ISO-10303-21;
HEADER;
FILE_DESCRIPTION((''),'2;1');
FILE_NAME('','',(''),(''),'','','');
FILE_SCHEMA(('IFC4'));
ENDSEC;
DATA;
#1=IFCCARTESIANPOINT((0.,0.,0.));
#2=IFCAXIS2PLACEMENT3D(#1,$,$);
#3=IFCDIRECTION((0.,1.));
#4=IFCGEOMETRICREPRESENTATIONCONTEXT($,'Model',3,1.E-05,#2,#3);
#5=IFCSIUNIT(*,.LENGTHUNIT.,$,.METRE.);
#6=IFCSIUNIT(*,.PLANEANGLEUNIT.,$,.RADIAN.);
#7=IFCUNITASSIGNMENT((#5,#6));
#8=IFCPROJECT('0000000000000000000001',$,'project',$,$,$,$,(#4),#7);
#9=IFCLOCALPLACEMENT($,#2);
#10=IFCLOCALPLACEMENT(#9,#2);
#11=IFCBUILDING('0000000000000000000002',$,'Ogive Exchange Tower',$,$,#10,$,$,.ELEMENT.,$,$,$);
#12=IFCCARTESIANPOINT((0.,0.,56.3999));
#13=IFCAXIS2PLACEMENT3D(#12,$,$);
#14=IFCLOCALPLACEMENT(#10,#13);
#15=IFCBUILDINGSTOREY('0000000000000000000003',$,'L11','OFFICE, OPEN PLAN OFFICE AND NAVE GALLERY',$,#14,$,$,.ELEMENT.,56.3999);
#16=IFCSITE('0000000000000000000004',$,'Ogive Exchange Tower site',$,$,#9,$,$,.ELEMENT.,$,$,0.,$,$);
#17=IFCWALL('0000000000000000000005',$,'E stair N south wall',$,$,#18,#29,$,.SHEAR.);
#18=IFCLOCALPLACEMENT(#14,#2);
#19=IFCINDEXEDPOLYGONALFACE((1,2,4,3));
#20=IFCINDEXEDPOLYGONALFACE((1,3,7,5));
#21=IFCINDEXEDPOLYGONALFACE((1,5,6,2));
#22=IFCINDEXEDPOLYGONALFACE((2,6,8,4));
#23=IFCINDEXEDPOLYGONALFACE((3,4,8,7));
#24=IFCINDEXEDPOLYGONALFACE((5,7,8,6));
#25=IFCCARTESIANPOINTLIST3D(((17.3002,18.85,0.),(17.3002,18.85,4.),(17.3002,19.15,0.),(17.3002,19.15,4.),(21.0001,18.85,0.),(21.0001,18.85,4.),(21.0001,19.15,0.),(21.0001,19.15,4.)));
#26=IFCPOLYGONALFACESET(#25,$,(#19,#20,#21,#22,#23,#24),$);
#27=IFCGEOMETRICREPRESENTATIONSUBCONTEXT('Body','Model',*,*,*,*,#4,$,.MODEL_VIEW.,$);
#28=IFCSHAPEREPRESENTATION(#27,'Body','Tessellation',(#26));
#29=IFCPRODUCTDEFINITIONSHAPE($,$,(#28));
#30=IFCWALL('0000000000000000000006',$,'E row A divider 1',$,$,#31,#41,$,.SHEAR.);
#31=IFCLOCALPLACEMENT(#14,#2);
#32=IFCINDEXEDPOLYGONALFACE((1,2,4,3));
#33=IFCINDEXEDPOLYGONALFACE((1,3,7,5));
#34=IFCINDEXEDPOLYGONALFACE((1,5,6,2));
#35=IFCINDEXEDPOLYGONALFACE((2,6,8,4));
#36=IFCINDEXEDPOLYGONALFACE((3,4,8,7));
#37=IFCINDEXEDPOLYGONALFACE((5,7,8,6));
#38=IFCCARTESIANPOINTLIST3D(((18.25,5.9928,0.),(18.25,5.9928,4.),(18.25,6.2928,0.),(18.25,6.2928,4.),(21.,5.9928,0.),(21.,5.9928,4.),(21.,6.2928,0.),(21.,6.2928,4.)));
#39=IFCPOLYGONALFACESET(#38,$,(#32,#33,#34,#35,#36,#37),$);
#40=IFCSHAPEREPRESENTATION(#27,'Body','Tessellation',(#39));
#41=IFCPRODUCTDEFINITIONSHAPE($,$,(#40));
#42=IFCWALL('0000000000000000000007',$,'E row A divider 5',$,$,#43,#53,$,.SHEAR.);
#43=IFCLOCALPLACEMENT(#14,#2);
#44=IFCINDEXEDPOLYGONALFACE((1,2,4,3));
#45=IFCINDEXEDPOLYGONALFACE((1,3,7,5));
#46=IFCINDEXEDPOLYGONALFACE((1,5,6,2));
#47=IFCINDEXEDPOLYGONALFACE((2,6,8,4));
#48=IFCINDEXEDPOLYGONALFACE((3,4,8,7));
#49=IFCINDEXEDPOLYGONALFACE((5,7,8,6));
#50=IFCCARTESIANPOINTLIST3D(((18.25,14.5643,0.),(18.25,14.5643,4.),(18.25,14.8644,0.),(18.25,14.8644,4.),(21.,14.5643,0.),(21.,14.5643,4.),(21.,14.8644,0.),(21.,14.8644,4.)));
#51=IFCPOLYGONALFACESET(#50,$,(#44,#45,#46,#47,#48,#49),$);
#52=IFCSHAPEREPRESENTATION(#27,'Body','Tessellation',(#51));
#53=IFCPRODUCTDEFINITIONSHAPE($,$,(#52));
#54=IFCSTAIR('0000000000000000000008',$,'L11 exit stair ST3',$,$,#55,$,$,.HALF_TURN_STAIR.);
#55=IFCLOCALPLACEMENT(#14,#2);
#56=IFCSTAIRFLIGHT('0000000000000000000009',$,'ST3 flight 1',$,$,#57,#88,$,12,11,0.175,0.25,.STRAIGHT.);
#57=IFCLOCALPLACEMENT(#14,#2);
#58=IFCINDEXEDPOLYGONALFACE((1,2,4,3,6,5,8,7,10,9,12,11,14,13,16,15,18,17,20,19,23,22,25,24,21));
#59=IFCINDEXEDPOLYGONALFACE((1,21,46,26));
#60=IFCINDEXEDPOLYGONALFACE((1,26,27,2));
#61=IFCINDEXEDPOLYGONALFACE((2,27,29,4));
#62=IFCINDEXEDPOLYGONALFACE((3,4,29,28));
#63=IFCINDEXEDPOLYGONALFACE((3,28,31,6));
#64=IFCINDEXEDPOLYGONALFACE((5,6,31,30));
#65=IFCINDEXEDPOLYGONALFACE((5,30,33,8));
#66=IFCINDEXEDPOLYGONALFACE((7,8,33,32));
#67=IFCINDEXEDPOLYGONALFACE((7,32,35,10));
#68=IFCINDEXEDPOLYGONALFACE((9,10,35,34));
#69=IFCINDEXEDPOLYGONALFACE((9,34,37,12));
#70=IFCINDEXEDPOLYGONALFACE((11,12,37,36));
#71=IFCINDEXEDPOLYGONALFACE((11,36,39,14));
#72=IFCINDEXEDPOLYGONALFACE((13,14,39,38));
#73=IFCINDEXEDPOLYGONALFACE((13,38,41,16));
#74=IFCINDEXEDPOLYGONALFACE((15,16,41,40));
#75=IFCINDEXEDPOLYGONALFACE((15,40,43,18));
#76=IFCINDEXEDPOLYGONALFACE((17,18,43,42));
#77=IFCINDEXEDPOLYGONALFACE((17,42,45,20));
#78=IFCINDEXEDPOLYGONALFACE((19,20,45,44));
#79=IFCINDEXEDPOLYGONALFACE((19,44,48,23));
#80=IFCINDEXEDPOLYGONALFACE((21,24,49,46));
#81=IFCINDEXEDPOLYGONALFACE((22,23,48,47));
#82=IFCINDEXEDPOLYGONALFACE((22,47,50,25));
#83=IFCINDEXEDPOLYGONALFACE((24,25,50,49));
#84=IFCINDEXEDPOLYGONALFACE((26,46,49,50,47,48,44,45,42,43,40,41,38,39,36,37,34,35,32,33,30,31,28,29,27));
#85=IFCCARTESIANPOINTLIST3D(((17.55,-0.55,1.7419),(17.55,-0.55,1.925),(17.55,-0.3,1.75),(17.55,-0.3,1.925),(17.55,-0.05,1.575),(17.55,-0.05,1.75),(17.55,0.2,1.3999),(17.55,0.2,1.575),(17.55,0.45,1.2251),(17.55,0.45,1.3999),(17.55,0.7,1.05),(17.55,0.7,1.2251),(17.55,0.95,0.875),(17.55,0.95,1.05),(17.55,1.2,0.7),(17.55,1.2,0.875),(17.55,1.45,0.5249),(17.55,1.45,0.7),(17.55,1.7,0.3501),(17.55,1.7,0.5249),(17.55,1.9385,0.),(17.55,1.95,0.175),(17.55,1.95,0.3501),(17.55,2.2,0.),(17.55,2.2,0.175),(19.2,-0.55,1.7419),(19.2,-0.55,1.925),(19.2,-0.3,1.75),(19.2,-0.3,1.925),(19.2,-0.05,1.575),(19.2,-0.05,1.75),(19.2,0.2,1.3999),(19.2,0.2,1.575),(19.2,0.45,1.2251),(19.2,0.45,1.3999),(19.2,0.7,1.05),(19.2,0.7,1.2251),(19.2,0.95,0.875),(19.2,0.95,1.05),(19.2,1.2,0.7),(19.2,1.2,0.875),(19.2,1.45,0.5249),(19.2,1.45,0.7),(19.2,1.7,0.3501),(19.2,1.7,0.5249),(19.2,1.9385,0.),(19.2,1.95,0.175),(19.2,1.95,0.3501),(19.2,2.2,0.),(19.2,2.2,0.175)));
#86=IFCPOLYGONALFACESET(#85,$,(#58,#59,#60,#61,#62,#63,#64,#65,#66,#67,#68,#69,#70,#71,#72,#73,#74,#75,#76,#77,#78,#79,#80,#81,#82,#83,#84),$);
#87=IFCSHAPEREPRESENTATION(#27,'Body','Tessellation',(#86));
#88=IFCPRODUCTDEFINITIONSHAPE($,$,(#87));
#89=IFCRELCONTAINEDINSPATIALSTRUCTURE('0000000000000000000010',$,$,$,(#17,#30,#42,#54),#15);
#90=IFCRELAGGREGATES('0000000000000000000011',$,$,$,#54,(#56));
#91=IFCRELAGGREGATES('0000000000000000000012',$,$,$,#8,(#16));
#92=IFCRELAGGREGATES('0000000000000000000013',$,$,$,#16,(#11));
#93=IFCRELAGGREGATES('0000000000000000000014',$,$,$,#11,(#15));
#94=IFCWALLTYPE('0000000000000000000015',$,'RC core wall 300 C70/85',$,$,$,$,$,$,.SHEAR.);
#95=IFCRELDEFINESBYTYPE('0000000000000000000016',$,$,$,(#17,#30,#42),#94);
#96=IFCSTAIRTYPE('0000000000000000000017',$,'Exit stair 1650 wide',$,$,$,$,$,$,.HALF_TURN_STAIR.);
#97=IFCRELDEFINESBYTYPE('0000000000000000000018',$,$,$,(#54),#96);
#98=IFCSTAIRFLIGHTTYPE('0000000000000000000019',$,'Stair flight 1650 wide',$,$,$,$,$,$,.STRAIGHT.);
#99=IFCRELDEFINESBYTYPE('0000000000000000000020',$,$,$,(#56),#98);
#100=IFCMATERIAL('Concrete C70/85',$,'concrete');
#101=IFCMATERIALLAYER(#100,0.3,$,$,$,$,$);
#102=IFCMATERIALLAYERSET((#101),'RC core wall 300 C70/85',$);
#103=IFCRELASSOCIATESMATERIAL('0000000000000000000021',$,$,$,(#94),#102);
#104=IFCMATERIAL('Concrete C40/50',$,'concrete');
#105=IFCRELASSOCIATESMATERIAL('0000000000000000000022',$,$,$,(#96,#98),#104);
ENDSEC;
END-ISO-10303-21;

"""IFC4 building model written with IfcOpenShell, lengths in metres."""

from ifc_helpers import new_model, si_unit, direction, frame, frame_2d, origin, place, context, subcontext, project, spatial, polyline, rectangle, outline, extrude, material, layer, layer_set, type_object, element, aggregate, save


model = new_model("IFC4")

# Units and contexts
model_context = context("Model", 3, precision=1e-05, world=origin(), true_north=direction((0.0, 1.0)))
body_context = subcontext(model_context, "Body", "Model", "MODEL_VIEW")
ifc_project = project(units=[si_unit("LENGTHUNIT", "METRE"), si_unit("PLANEANGLEUNIT", "RADIAN")], contexts=[model_context])

# Site, building, storey
site_placement = place(None, origin())
site = spatial("IfcSite", under=ifc_project, at=site_placement, Name="Ogive Exchange Tower site", CompositionType="ELEMENT", RefElevation=0.0)
building_placement = place(site_placement, origin())
building = spatial("IfcBuilding", under=site, at=building_placement, Name="Ogive Exchange Tower", CompositionType="ELEMENT")
storey_placement = place(building_placement, frame((0.0, 0.0, 56.3999)))
storey = spatial("IfcBuildingStorey", under=building, at=storey_placement, Name="L11", Description="OFFICE, OPEN PLAN OFFICE AND NAVE GALLERY", CompositionType="ELEMENT", Elevation=56.3999)

# Shared definitions
ifc_material_1 = material(Name="Concrete C70/85", Category="concrete")

# Walls
ifc_layer_1 = layer(ifc_material_1, 0.3)
ifc_layer_set_1 = layer_set([ifc_layer_1], Name="RC core wall 300 C70/85")
wall_type_1 = type_object("IfcWallType", Name="RC core wall 300 C70/85", PredefinedType="SHEAR", material=ifc_layer_set_1)
wall_1_placement = place(storey_placement, frame((17.3, 19.0, 0.0), z_axis=(0.0, 0.0, 1.0), x_axis=(1.0, 0.0, 0.0)))
element("IfcWall", 1, at=wall_1_placement, inside=storey, type_object=wall_type_1, Name="E stair N south wall", PredefinedType="SHEAR", context=body_context, shape_type="SweptSolid", body=[
    extrude(rectangle(XDim=3.7, YDim=0.3, at=frame_2d((1.8501, 0.0))), origin(), (0.0, 0.0, 1.0), 4.0),
])
for number, where, z_axis, x_axis, name in (
    (2, (18.25, 6.1428, 0.0), (0.0, 0.0, 1.0), (1.0, 0.0, 0.0), "E row A divider 1"),
    (3, (18.25, 14.7144, 0.0), (0.0, 0.0, 1.0), (1.0, 0.0, 0.0), "E row A divider 5"),
):
    element("IfcWall", number, at=place(storey_placement, frame(where, z_axis=z_axis, x_axis=x_axis)), inside=storey, type_object=wall_type_1, Name=name, PredefinedType="SHEAR", context=body_context, shape_type="SweptSolid", body=[
        extrude(rectangle(XDim=2.75, YDim=0.3, at=frame_2d((1.375, 0.0))), origin(), (0.0, 0.0, 1.0), 4.0),
    ])

# Stair, stair flight
ifc_material_2 = material(Name="Concrete C40/50", Category="concrete")
stair_type = type_object("IfcStairType", Name="Exit stair 1650 wide", PredefinedType="HALF_TURN_STAIR", material=ifc_material_2)
stair_placement = place(storey_placement, origin())
stair = element("IfcStair", 4, at=stair_placement, inside=storey, type_object=stair_type, Name="L11 exit stair ST3", PredefinedType="HALF_TURN_STAIR")
stair_flight_type = type_object("IfcStairFlightType", Name="Stair flight 1650 wide", PredefinedType="STRAIGHT", material=ifc_material_2)
stair_flight_placement = place(storey_placement, frame((18.375, 2.2, 0.0), z_axis=(0.0, 0.0, 1.0), x_axis=(0.0, -1.0, 0.0)))
stair_flight = element("IfcStairFlight", 5, at=stair_flight_placement, type_object=stair_flight_type, Name="ST3 flight 1", NumberOfRisers=12, NumberOfTreads=11, PredefinedType="STRAIGHT", RiserHeight=0.175, TreadLength=0.25, context=body_context, shape_type="SweptSolid", body=[
    extrude(outline(polyline([(0.0, 0.0), (0.0, 0.175), (0.25, 0.175), (0.25, 0.3501), (0.5, 0.3501), (0.5, 0.5249), (0.75, 0.5249), (0.75, 0.7), (1.0, 0.7), (1.0, 0.875), (1.25, 0.875), (1.25, 1.05), (1.5, 1.05), (1.5, 1.2251), (1.75, 1.2251), (1.75, 1.3999), (2.0, 1.3999), (2.0, 1.575), (2.25, 1.575), (2.25, 1.75), (2.5, 1.75), (2.5, 1.925), (2.75, 1.925), (2.75, 2.1001), (2.75, 1.7419), (0.2615, 0.0), (0.0, 0.0)])), frame((0.0, 0.825, 0.0), z_axis=(0.0, -1.0, 0.0), x_axis=(1.0, 0.0, 0.0)), (0.0, 0.0, 1.0), 1.6499),
])
aggregate(stair, [stair_flight])

save(model, "model.ifc")
